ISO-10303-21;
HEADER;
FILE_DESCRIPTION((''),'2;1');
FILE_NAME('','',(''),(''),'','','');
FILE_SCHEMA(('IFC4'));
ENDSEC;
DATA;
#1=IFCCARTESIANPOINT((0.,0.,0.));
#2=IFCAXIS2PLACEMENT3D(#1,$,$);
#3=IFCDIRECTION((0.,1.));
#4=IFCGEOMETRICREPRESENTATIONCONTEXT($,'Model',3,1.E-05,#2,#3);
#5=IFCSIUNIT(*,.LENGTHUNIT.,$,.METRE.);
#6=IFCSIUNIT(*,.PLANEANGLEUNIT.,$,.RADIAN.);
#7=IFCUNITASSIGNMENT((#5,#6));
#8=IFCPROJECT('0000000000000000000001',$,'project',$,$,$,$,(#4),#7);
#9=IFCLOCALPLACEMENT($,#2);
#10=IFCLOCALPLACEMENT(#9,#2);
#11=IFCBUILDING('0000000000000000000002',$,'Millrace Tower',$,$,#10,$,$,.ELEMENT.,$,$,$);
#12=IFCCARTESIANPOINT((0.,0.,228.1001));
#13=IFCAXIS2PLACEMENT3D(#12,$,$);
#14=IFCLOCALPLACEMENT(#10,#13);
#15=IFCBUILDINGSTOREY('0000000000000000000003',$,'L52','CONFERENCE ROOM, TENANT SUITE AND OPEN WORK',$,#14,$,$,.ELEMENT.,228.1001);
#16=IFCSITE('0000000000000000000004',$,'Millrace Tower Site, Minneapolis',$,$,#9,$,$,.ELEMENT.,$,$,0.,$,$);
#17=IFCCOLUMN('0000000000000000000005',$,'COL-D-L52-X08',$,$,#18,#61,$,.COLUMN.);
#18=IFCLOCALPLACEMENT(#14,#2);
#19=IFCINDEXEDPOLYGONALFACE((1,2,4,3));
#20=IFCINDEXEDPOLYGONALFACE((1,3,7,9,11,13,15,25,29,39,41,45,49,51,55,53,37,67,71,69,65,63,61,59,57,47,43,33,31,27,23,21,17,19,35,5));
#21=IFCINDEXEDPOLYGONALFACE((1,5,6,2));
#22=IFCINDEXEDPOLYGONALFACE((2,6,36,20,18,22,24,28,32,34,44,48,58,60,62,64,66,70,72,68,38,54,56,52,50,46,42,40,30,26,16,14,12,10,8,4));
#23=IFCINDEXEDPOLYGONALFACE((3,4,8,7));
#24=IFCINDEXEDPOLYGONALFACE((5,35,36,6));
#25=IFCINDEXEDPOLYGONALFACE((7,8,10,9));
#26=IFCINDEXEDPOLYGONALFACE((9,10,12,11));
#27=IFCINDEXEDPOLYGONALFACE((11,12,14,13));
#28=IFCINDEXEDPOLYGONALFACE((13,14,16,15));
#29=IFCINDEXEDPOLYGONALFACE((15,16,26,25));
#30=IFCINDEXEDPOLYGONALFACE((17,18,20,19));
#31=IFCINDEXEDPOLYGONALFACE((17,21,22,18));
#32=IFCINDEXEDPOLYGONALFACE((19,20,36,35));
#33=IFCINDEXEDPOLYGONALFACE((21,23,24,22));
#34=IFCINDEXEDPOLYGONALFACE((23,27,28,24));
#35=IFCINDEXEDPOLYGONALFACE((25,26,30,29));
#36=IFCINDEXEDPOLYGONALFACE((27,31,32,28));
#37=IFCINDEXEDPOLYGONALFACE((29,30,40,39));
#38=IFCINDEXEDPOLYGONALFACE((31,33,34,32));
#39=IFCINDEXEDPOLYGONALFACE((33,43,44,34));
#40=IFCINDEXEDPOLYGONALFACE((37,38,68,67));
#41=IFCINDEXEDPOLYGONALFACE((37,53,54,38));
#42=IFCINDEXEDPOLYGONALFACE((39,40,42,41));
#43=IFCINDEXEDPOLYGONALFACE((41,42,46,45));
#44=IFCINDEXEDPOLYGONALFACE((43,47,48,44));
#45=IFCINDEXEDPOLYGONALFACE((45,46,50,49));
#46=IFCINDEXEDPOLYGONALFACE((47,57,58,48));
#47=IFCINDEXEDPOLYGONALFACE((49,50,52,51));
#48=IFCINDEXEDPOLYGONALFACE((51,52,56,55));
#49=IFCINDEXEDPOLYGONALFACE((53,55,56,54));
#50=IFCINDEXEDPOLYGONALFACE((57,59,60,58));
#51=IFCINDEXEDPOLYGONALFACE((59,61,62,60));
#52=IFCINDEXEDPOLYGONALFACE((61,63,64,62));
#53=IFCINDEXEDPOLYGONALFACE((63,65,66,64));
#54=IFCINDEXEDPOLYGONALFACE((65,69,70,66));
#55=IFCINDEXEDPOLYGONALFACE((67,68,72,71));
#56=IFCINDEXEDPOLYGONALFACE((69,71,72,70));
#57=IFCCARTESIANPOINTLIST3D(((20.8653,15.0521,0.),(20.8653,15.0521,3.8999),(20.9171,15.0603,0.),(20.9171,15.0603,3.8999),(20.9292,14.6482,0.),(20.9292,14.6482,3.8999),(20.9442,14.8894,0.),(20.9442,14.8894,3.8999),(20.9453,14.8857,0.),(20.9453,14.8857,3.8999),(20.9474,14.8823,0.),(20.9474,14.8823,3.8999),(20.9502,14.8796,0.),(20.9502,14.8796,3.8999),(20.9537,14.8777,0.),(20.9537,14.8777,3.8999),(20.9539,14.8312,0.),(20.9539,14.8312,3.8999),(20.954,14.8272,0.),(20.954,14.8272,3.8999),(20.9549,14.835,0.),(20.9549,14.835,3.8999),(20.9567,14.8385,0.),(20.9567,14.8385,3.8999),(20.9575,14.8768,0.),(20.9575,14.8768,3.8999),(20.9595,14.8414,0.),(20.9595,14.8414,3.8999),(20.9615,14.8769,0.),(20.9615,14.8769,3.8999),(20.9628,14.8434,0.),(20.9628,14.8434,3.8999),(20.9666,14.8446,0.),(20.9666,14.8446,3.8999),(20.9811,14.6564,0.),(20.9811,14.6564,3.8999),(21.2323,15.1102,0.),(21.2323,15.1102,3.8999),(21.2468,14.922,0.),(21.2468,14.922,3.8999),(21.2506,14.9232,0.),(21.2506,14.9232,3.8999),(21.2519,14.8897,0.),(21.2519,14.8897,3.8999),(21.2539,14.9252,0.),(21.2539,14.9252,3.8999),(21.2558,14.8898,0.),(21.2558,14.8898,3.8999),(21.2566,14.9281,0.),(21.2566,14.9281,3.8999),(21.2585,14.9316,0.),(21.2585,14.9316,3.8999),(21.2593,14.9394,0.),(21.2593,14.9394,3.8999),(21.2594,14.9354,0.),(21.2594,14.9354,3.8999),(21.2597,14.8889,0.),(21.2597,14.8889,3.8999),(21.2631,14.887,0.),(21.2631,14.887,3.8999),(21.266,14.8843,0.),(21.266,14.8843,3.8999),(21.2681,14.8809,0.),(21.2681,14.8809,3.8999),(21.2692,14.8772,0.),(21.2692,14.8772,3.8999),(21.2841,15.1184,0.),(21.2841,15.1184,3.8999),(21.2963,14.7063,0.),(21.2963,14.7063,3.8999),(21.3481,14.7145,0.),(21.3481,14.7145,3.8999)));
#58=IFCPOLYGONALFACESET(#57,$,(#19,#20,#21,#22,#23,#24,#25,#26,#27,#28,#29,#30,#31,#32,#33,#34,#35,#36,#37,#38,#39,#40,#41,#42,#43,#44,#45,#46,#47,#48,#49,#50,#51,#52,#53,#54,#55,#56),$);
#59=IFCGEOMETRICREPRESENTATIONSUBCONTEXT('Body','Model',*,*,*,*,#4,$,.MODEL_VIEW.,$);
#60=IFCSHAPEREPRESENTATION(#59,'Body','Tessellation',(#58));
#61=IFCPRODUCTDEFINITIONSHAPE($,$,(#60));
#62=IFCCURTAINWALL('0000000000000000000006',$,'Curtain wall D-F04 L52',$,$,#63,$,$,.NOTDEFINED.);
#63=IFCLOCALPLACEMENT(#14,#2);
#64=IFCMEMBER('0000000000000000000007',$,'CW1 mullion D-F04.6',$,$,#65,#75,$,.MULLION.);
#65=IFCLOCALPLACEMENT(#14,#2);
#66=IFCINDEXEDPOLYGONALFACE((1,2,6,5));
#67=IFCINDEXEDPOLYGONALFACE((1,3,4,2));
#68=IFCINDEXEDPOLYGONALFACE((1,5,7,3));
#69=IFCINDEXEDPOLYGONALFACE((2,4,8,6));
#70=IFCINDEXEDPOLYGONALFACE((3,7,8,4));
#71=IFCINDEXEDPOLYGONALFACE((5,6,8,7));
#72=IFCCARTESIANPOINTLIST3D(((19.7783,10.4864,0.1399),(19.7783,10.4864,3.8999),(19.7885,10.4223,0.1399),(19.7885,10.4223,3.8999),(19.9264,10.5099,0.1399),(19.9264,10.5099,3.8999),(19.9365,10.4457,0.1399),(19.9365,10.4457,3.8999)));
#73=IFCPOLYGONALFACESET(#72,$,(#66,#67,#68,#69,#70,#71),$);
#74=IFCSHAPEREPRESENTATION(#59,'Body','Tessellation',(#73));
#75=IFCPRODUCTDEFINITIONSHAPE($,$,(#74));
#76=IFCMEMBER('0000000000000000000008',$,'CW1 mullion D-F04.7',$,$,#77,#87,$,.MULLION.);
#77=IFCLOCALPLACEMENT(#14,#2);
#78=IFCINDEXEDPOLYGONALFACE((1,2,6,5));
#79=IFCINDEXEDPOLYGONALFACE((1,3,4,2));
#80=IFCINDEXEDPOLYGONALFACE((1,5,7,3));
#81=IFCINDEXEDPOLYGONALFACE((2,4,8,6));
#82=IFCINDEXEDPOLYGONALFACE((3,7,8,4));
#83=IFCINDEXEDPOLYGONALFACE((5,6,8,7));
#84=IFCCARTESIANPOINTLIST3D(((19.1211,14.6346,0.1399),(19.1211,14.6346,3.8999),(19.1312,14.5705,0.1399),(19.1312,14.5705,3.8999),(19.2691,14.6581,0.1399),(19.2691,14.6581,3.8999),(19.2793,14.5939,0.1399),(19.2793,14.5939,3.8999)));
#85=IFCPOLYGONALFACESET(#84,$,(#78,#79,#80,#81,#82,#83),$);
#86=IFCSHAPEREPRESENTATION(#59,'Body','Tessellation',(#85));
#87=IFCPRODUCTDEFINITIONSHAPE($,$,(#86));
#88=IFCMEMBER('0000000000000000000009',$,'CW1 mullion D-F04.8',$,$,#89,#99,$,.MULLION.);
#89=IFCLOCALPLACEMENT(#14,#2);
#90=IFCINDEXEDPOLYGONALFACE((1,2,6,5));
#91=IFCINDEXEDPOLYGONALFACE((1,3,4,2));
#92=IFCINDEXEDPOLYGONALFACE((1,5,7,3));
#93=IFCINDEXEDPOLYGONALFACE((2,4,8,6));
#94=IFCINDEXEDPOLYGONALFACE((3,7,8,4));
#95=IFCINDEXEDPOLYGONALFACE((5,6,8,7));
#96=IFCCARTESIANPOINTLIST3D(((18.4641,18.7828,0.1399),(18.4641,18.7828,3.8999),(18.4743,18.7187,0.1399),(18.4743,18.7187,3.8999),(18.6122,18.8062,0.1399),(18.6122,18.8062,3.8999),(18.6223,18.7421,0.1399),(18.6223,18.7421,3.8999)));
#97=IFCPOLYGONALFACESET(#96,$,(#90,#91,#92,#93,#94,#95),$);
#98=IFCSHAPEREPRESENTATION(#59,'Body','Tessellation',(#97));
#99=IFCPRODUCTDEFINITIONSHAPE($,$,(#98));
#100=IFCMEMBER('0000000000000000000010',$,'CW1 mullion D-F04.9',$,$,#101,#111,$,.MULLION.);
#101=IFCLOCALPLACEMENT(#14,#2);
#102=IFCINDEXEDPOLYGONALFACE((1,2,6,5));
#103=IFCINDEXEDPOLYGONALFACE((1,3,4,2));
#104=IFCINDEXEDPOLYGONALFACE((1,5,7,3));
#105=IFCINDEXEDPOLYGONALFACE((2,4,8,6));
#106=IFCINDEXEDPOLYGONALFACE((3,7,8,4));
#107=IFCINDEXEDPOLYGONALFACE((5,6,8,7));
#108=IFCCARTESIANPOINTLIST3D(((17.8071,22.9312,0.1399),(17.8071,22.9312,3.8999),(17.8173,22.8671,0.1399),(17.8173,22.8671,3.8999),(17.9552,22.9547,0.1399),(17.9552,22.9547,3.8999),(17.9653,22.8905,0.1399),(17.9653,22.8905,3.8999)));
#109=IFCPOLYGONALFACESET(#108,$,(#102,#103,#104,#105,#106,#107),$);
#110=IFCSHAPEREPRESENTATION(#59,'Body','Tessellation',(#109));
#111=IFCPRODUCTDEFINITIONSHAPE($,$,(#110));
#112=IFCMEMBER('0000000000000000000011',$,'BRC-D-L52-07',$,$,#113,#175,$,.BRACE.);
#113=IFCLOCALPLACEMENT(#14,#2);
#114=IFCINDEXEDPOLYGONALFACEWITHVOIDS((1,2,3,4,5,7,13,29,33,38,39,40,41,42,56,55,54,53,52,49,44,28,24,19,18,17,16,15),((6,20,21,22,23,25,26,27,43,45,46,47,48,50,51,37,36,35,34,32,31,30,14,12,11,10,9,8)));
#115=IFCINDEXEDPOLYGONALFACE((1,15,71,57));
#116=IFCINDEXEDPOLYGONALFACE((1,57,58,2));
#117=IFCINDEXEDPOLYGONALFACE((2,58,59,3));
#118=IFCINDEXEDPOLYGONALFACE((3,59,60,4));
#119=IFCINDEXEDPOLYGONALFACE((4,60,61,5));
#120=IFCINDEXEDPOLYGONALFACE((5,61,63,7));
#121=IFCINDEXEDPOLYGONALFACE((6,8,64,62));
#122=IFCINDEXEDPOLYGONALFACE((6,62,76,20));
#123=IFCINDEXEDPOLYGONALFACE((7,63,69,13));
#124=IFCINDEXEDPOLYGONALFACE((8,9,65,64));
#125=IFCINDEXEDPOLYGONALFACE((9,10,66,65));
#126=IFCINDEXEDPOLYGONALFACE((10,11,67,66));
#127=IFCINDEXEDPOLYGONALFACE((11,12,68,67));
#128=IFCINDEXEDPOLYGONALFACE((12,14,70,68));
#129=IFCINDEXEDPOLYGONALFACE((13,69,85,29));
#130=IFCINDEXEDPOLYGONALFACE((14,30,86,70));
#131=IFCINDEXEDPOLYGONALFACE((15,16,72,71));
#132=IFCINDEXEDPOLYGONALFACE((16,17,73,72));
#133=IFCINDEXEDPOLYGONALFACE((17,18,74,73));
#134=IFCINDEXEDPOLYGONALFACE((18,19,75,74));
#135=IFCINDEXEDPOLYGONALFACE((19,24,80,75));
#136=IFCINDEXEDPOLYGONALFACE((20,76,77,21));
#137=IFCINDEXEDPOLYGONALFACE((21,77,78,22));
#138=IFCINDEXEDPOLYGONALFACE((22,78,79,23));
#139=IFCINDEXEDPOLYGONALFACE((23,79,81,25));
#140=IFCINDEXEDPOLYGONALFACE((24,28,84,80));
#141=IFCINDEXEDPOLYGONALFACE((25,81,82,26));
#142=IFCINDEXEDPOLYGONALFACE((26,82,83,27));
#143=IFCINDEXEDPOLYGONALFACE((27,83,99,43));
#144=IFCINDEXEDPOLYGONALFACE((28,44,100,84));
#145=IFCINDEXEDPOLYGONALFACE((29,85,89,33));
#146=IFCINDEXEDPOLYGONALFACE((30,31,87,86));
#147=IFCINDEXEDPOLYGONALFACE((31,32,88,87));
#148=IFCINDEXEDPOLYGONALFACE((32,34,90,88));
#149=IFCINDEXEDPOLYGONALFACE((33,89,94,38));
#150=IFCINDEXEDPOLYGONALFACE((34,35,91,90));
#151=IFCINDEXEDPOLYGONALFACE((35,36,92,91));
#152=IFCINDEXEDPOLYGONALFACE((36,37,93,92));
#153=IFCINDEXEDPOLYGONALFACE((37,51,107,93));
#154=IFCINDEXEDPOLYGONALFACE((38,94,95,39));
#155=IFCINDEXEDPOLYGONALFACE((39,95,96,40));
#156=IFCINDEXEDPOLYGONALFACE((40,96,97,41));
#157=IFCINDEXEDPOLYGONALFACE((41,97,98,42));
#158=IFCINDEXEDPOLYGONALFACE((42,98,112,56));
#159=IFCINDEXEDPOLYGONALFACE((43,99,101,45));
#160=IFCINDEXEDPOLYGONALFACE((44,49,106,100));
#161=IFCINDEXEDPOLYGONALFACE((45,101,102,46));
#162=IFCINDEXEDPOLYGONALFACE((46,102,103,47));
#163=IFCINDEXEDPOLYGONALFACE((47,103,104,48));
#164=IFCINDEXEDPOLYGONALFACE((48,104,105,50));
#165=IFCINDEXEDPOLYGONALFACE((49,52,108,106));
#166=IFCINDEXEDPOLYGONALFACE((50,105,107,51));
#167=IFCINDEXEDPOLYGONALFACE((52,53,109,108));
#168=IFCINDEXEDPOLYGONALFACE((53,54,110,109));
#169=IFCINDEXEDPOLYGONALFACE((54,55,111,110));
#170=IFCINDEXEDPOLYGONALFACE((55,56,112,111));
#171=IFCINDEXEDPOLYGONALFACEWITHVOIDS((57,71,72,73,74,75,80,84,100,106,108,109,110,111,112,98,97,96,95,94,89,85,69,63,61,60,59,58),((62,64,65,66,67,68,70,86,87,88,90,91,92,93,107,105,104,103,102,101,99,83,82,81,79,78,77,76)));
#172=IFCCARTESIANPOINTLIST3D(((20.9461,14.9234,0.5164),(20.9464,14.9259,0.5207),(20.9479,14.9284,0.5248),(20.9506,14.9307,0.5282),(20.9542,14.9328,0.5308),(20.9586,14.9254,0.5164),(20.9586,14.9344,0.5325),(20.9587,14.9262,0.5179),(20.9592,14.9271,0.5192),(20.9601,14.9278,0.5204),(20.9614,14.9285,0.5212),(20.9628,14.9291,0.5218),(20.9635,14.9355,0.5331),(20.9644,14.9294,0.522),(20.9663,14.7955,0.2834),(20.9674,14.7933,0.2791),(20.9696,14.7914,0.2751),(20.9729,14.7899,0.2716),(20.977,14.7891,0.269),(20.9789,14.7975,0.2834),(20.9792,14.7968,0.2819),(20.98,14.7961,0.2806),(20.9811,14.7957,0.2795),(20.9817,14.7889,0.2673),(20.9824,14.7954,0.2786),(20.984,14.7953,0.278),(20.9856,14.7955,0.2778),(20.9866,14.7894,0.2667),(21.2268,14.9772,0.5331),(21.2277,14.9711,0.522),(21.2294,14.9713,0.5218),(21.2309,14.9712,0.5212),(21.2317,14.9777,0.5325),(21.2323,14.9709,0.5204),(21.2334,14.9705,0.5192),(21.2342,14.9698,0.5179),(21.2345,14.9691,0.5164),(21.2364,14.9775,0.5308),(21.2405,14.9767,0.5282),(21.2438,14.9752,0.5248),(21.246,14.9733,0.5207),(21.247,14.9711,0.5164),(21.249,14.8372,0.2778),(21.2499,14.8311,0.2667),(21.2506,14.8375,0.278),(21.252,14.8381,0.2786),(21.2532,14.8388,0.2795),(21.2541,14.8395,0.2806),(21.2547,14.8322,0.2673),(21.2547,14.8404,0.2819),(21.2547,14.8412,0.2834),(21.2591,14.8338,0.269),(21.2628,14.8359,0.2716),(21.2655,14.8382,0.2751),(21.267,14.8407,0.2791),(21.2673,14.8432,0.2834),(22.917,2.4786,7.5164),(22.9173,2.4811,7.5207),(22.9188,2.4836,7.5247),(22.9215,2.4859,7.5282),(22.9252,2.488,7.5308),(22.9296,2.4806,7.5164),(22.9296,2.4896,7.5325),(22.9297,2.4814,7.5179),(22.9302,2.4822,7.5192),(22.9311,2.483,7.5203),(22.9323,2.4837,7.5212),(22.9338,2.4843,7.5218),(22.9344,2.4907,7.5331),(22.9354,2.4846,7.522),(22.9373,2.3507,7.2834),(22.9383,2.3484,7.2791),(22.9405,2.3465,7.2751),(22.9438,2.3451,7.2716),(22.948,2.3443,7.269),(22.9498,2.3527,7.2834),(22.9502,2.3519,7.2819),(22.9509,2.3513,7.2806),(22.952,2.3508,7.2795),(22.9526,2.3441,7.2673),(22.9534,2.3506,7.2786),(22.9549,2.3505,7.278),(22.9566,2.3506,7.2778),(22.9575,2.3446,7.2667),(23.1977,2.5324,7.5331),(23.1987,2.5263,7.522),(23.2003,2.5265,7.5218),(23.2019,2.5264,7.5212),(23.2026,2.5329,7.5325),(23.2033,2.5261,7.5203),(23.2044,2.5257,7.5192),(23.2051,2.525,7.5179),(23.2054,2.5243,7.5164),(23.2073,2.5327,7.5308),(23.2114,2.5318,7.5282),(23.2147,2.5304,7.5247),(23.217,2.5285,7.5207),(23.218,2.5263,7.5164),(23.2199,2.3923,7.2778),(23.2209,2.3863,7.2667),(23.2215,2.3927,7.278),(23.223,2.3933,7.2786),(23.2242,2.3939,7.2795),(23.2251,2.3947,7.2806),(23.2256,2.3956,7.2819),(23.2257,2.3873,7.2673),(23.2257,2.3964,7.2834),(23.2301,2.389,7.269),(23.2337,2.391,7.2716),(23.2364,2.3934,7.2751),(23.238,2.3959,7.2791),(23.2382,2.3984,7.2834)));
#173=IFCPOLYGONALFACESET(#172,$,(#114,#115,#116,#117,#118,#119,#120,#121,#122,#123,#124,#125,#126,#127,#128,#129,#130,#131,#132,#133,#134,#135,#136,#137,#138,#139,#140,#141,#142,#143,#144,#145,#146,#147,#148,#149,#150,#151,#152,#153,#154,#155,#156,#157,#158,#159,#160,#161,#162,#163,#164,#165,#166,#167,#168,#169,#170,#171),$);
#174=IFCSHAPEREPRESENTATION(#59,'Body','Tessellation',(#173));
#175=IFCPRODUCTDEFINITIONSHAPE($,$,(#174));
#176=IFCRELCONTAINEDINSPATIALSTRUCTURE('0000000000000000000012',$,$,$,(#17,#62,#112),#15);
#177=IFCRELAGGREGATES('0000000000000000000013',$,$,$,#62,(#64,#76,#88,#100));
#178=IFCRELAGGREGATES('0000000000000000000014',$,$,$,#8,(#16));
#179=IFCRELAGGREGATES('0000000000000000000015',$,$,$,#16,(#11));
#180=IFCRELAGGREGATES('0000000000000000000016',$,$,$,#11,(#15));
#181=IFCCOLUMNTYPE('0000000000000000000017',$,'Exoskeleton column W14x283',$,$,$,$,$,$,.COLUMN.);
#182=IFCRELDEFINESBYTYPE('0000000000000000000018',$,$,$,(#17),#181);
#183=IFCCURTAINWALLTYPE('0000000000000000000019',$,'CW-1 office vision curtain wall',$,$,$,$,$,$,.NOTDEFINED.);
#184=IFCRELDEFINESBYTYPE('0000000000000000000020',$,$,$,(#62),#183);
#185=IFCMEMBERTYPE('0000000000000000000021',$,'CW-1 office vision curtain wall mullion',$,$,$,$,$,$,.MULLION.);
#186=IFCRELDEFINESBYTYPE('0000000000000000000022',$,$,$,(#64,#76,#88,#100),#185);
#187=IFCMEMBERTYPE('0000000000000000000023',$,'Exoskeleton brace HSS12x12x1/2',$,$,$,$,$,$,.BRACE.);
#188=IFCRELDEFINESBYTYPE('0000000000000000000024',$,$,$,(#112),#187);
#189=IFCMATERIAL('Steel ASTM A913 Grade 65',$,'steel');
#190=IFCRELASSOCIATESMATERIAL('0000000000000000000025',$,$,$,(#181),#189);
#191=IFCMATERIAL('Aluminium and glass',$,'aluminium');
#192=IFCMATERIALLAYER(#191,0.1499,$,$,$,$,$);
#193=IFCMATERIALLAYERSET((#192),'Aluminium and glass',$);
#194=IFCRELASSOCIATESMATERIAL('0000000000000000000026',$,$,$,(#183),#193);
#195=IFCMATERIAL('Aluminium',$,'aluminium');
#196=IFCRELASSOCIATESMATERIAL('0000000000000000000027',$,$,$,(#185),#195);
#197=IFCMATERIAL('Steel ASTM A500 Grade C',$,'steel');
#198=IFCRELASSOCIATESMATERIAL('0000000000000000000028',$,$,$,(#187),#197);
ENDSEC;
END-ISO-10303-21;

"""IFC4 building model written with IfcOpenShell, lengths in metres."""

from ifc_helpers import new_model, si_unit, direction, frame, origin, origin_2d, place, context, subcontext, project, spatial, rectangle, hollow_rectangle, i_section, extrude, material, layer, layer_set, material_profile, profile_set, type_object, element, aggregate, save


model = new_model("IFC4")

# Units and contexts
model_context = context("Model", 3, precision=1e-05, world=origin(), true_north=direction((0.0, 1.0)))
body_context = subcontext(model_context, "Body", "Model", "MODEL_VIEW")
ifc_project = project(units=[si_unit("LENGTHUNIT", "METRE"), si_unit("PLANEANGLEUNIT", "RADIAN")], contexts=[model_context])

# Site, building, storey
site_placement = place(None, origin())
site = spatial("IfcSite", under=ifc_project, at=site_placement, Name="Millrace Tower Site, Minneapolis", CompositionType="ELEMENT", RefElevation=0.0)
building_placement = place(site_placement, origin())
building = spatial("IfcBuilding", under=site, at=building_placement, Name="Millrace Tower", CompositionType="ELEMENT")
storey_placement = place(building_placement, frame((0.0, 0.0, 228.1001)))
storey = spatial("IfcBuildingStorey", under=building, at=storey_placement, Name="L52", Description="CONFERENCE ROOM, TENANT SUITE AND OPEN WORK", CompositionType="ELEMENT", Elevation=228.1001)

# Column
ifc_material_1 = material(Name="Steel ASTM A913 Grade 65", Category="steel")
ifc_material_profile_1 = material_profile(ifc_material_1, i_section(OverallWidth=0.4089, OverallDepth=0.4241, WebThickness=0.0327, FlangeThickness=0.0525, FilletRadius=0.0151, at=origin_2d()))
ifc_profile_set_1 = profile_set([ifc_material_profile_1], Name="Steel ASTM A913 Grade 65")
column_type = type_object("IfcColumnType", Name="Exoskeleton column W14x283", PredefinedType="COLUMN", material=ifc_profile_set_1)
column_placement = place(storey_placement, frame((21.1067, 14.8833, 0.0), z_axis=(0.0, 0.0, 1.0), x_axis=(-0.156434, 0.987688, 0.0)))
element("IfcColumn", 1, at=column_placement, inside=storey, type_object=column_type, Name="COL-D-L52-X08", PredefinedType="COLUMN", context=body_context, shape_type="SweptSolid", body=[
    extrude(i_section(OverallWidth=0.4089, OverallDepth=0.4241, WebThickness=0.0327, FlangeThickness=0.0525, FilletRadius=0.0151, at=origin_2d()), origin(), (0.0, 0.0, 1.0), 3.8999),
])

# Curtain wall, members
ifc_material_2 = material(Name="Aluminium and glass", Category="aluminium")
ifc_layer_1 = layer(ifc_material_2, 0.1499)
ifc_layer_set_1 = layer_set([ifc_layer_1], Name="Aluminium and glass")
curtain_wall_type = type_object("IfcCurtainWallType", Name="CW-1 office vision curtain wall", PredefinedType="NOTDEFINED", material=ifc_layer_set_1)
curtain_wall_placement = place(storey_placement, origin())
curtain_wall = element("IfcCurtainWall", 2, at=curtain_wall_placement, inside=storey, type_object=curtain_wall_type, Name="Curtain wall D-F04 L52", PredefinedType="NOTDEFINED")
ifc_material_3 = material(Name="Aluminium", Category="aluminium")
ifc_material_profile_2 = material_profile(ifc_material_3, rectangle(XDim=0.0649, YDim=0.1499, at=origin_2d()))
ifc_profile_set_2 = profile_set([ifc_material_profile_2], Name="Aluminium")
member_type_1 = type_object("IfcMemberType", Name="CW-1 office vision curtain wall mullion", PredefinedType="MULLION", material=ifc_profile_set_2)
member_1_placement = place(storey_placement, frame((19.8574, 10.4661, 0.1399), z_axis=(0.0, 0.0, 1.0), x_axis=(-0.156434, 0.987688, 0.0)))
member_1 = element("IfcMember", 3, at=member_1_placement, type_object=member_type_1, Name="CW1 mullion D-F04.6", PredefinedType="MULLION", context=body_context, shape_type="SweptSolid", body=[
    extrude(rectangle(XDim=0.0649, YDim=0.1499, at=origin_2d()), origin(), (0.0, 0.0, 1.0), 3.76),
])
member_2_placement = place(storey_placement, frame((19.2002, 14.6143, 0.1399), z_axis=(0.0, 0.0, 1.0), x_axis=(-0.156434, 0.987688, 0.0)))
member_2 = element("IfcMember", 4, at=member_2_placement, type_object=member_type_1, Name="CW1 mullion D-F04.7", PredefinedType="MULLION", context=body_context, shape_type="SweptSolid", body=[
    extrude(rectangle(XDim=0.0649, YDim=0.1499, at=origin_2d()), origin(), (0.0, 0.0, 1.0), 3.76),
])
member_3_placement = place(storey_placement, frame((18.5432, 18.7625, 0.1399), z_axis=(0.0, 0.0, 1.0), x_axis=(-0.156434, 0.987688, 0.0)))
member_3 = element("IfcMember", 5, at=member_3_placement, type_object=member_type_1, Name="CW1 mullion D-F04.8", PredefinedType="MULLION", context=body_context, shape_type="SweptSolid", body=[
    extrude(rectangle(XDim=0.0649, YDim=0.1499, at=origin_2d()), origin(), (0.0, 0.0, 1.0), 3.76),
])
member_4_placement = place(storey_placement, frame((17.8862, 22.9109, 0.1399), z_axis=(0.0, 0.0, 1.0), x_axis=(-0.156434, 0.987688, 0.0)))
member_4 = element("IfcMember", 6, at=member_4_placement, type_object=member_type_1, Name="CW1 mullion D-F04.9", PredefinedType="MULLION", context=body_context, shape_type="SweptSolid", body=[
    extrude(rectangle(XDim=0.0649, YDim=0.1499, at=origin_2d()), origin(), (0.0, 0.0, 1.0), 3.76),
])
aggregate(curtain_wall, [member_1, member_2, member_3, member_4])

# Member
ifc_material_4 = material(Name="Steel ASTM A500 Grade C", Category="steel")
ifc_material_profile_3 = material_profile(ifc_material_4, hollow_rectangle(XDim=0.3047, YDim=0.3047, WallThickness=0.0127, InnerFilletRadius=0.0063, OuterFilletRadius=0.019, at=origin_2d()))
ifc_profile_set_3 = profile_set([ifc_material_profile_3], Name="Steel ASTM A500 Grade C")
member_type_2 = type_object("IfcMemberType", Name="Exoskeleton brace HSS12x12x1/2", PredefinedType="BRACE", material=ifc_profile_set_3)
member_5_placement = place(storey_placement, frame((21.1067, 14.8833, 0.3999), z_axis=(0.13674, -0.863395, 0.485645), x_axis=(0.98769, 0.156425, 0.0)))
element("IfcMember", 7, at=member_5_placement, inside=storey, type_object=member_type_2, Name="BRC-D-L52-07", PredefinedType="BRACE", context=body_context, shape_type="SweptSolid", body=[
    extrude(hollow_rectangle(XDim=0.3047, YDim=0.3047, WallThickness=0.0127, InnerFilletRadius=0.0063, OuterFilletRadius=0.019, at=origin_2d()), origin(), (0.0, 0.0, 1.0), 14.4138),
])

save(model, "model.ifc")
